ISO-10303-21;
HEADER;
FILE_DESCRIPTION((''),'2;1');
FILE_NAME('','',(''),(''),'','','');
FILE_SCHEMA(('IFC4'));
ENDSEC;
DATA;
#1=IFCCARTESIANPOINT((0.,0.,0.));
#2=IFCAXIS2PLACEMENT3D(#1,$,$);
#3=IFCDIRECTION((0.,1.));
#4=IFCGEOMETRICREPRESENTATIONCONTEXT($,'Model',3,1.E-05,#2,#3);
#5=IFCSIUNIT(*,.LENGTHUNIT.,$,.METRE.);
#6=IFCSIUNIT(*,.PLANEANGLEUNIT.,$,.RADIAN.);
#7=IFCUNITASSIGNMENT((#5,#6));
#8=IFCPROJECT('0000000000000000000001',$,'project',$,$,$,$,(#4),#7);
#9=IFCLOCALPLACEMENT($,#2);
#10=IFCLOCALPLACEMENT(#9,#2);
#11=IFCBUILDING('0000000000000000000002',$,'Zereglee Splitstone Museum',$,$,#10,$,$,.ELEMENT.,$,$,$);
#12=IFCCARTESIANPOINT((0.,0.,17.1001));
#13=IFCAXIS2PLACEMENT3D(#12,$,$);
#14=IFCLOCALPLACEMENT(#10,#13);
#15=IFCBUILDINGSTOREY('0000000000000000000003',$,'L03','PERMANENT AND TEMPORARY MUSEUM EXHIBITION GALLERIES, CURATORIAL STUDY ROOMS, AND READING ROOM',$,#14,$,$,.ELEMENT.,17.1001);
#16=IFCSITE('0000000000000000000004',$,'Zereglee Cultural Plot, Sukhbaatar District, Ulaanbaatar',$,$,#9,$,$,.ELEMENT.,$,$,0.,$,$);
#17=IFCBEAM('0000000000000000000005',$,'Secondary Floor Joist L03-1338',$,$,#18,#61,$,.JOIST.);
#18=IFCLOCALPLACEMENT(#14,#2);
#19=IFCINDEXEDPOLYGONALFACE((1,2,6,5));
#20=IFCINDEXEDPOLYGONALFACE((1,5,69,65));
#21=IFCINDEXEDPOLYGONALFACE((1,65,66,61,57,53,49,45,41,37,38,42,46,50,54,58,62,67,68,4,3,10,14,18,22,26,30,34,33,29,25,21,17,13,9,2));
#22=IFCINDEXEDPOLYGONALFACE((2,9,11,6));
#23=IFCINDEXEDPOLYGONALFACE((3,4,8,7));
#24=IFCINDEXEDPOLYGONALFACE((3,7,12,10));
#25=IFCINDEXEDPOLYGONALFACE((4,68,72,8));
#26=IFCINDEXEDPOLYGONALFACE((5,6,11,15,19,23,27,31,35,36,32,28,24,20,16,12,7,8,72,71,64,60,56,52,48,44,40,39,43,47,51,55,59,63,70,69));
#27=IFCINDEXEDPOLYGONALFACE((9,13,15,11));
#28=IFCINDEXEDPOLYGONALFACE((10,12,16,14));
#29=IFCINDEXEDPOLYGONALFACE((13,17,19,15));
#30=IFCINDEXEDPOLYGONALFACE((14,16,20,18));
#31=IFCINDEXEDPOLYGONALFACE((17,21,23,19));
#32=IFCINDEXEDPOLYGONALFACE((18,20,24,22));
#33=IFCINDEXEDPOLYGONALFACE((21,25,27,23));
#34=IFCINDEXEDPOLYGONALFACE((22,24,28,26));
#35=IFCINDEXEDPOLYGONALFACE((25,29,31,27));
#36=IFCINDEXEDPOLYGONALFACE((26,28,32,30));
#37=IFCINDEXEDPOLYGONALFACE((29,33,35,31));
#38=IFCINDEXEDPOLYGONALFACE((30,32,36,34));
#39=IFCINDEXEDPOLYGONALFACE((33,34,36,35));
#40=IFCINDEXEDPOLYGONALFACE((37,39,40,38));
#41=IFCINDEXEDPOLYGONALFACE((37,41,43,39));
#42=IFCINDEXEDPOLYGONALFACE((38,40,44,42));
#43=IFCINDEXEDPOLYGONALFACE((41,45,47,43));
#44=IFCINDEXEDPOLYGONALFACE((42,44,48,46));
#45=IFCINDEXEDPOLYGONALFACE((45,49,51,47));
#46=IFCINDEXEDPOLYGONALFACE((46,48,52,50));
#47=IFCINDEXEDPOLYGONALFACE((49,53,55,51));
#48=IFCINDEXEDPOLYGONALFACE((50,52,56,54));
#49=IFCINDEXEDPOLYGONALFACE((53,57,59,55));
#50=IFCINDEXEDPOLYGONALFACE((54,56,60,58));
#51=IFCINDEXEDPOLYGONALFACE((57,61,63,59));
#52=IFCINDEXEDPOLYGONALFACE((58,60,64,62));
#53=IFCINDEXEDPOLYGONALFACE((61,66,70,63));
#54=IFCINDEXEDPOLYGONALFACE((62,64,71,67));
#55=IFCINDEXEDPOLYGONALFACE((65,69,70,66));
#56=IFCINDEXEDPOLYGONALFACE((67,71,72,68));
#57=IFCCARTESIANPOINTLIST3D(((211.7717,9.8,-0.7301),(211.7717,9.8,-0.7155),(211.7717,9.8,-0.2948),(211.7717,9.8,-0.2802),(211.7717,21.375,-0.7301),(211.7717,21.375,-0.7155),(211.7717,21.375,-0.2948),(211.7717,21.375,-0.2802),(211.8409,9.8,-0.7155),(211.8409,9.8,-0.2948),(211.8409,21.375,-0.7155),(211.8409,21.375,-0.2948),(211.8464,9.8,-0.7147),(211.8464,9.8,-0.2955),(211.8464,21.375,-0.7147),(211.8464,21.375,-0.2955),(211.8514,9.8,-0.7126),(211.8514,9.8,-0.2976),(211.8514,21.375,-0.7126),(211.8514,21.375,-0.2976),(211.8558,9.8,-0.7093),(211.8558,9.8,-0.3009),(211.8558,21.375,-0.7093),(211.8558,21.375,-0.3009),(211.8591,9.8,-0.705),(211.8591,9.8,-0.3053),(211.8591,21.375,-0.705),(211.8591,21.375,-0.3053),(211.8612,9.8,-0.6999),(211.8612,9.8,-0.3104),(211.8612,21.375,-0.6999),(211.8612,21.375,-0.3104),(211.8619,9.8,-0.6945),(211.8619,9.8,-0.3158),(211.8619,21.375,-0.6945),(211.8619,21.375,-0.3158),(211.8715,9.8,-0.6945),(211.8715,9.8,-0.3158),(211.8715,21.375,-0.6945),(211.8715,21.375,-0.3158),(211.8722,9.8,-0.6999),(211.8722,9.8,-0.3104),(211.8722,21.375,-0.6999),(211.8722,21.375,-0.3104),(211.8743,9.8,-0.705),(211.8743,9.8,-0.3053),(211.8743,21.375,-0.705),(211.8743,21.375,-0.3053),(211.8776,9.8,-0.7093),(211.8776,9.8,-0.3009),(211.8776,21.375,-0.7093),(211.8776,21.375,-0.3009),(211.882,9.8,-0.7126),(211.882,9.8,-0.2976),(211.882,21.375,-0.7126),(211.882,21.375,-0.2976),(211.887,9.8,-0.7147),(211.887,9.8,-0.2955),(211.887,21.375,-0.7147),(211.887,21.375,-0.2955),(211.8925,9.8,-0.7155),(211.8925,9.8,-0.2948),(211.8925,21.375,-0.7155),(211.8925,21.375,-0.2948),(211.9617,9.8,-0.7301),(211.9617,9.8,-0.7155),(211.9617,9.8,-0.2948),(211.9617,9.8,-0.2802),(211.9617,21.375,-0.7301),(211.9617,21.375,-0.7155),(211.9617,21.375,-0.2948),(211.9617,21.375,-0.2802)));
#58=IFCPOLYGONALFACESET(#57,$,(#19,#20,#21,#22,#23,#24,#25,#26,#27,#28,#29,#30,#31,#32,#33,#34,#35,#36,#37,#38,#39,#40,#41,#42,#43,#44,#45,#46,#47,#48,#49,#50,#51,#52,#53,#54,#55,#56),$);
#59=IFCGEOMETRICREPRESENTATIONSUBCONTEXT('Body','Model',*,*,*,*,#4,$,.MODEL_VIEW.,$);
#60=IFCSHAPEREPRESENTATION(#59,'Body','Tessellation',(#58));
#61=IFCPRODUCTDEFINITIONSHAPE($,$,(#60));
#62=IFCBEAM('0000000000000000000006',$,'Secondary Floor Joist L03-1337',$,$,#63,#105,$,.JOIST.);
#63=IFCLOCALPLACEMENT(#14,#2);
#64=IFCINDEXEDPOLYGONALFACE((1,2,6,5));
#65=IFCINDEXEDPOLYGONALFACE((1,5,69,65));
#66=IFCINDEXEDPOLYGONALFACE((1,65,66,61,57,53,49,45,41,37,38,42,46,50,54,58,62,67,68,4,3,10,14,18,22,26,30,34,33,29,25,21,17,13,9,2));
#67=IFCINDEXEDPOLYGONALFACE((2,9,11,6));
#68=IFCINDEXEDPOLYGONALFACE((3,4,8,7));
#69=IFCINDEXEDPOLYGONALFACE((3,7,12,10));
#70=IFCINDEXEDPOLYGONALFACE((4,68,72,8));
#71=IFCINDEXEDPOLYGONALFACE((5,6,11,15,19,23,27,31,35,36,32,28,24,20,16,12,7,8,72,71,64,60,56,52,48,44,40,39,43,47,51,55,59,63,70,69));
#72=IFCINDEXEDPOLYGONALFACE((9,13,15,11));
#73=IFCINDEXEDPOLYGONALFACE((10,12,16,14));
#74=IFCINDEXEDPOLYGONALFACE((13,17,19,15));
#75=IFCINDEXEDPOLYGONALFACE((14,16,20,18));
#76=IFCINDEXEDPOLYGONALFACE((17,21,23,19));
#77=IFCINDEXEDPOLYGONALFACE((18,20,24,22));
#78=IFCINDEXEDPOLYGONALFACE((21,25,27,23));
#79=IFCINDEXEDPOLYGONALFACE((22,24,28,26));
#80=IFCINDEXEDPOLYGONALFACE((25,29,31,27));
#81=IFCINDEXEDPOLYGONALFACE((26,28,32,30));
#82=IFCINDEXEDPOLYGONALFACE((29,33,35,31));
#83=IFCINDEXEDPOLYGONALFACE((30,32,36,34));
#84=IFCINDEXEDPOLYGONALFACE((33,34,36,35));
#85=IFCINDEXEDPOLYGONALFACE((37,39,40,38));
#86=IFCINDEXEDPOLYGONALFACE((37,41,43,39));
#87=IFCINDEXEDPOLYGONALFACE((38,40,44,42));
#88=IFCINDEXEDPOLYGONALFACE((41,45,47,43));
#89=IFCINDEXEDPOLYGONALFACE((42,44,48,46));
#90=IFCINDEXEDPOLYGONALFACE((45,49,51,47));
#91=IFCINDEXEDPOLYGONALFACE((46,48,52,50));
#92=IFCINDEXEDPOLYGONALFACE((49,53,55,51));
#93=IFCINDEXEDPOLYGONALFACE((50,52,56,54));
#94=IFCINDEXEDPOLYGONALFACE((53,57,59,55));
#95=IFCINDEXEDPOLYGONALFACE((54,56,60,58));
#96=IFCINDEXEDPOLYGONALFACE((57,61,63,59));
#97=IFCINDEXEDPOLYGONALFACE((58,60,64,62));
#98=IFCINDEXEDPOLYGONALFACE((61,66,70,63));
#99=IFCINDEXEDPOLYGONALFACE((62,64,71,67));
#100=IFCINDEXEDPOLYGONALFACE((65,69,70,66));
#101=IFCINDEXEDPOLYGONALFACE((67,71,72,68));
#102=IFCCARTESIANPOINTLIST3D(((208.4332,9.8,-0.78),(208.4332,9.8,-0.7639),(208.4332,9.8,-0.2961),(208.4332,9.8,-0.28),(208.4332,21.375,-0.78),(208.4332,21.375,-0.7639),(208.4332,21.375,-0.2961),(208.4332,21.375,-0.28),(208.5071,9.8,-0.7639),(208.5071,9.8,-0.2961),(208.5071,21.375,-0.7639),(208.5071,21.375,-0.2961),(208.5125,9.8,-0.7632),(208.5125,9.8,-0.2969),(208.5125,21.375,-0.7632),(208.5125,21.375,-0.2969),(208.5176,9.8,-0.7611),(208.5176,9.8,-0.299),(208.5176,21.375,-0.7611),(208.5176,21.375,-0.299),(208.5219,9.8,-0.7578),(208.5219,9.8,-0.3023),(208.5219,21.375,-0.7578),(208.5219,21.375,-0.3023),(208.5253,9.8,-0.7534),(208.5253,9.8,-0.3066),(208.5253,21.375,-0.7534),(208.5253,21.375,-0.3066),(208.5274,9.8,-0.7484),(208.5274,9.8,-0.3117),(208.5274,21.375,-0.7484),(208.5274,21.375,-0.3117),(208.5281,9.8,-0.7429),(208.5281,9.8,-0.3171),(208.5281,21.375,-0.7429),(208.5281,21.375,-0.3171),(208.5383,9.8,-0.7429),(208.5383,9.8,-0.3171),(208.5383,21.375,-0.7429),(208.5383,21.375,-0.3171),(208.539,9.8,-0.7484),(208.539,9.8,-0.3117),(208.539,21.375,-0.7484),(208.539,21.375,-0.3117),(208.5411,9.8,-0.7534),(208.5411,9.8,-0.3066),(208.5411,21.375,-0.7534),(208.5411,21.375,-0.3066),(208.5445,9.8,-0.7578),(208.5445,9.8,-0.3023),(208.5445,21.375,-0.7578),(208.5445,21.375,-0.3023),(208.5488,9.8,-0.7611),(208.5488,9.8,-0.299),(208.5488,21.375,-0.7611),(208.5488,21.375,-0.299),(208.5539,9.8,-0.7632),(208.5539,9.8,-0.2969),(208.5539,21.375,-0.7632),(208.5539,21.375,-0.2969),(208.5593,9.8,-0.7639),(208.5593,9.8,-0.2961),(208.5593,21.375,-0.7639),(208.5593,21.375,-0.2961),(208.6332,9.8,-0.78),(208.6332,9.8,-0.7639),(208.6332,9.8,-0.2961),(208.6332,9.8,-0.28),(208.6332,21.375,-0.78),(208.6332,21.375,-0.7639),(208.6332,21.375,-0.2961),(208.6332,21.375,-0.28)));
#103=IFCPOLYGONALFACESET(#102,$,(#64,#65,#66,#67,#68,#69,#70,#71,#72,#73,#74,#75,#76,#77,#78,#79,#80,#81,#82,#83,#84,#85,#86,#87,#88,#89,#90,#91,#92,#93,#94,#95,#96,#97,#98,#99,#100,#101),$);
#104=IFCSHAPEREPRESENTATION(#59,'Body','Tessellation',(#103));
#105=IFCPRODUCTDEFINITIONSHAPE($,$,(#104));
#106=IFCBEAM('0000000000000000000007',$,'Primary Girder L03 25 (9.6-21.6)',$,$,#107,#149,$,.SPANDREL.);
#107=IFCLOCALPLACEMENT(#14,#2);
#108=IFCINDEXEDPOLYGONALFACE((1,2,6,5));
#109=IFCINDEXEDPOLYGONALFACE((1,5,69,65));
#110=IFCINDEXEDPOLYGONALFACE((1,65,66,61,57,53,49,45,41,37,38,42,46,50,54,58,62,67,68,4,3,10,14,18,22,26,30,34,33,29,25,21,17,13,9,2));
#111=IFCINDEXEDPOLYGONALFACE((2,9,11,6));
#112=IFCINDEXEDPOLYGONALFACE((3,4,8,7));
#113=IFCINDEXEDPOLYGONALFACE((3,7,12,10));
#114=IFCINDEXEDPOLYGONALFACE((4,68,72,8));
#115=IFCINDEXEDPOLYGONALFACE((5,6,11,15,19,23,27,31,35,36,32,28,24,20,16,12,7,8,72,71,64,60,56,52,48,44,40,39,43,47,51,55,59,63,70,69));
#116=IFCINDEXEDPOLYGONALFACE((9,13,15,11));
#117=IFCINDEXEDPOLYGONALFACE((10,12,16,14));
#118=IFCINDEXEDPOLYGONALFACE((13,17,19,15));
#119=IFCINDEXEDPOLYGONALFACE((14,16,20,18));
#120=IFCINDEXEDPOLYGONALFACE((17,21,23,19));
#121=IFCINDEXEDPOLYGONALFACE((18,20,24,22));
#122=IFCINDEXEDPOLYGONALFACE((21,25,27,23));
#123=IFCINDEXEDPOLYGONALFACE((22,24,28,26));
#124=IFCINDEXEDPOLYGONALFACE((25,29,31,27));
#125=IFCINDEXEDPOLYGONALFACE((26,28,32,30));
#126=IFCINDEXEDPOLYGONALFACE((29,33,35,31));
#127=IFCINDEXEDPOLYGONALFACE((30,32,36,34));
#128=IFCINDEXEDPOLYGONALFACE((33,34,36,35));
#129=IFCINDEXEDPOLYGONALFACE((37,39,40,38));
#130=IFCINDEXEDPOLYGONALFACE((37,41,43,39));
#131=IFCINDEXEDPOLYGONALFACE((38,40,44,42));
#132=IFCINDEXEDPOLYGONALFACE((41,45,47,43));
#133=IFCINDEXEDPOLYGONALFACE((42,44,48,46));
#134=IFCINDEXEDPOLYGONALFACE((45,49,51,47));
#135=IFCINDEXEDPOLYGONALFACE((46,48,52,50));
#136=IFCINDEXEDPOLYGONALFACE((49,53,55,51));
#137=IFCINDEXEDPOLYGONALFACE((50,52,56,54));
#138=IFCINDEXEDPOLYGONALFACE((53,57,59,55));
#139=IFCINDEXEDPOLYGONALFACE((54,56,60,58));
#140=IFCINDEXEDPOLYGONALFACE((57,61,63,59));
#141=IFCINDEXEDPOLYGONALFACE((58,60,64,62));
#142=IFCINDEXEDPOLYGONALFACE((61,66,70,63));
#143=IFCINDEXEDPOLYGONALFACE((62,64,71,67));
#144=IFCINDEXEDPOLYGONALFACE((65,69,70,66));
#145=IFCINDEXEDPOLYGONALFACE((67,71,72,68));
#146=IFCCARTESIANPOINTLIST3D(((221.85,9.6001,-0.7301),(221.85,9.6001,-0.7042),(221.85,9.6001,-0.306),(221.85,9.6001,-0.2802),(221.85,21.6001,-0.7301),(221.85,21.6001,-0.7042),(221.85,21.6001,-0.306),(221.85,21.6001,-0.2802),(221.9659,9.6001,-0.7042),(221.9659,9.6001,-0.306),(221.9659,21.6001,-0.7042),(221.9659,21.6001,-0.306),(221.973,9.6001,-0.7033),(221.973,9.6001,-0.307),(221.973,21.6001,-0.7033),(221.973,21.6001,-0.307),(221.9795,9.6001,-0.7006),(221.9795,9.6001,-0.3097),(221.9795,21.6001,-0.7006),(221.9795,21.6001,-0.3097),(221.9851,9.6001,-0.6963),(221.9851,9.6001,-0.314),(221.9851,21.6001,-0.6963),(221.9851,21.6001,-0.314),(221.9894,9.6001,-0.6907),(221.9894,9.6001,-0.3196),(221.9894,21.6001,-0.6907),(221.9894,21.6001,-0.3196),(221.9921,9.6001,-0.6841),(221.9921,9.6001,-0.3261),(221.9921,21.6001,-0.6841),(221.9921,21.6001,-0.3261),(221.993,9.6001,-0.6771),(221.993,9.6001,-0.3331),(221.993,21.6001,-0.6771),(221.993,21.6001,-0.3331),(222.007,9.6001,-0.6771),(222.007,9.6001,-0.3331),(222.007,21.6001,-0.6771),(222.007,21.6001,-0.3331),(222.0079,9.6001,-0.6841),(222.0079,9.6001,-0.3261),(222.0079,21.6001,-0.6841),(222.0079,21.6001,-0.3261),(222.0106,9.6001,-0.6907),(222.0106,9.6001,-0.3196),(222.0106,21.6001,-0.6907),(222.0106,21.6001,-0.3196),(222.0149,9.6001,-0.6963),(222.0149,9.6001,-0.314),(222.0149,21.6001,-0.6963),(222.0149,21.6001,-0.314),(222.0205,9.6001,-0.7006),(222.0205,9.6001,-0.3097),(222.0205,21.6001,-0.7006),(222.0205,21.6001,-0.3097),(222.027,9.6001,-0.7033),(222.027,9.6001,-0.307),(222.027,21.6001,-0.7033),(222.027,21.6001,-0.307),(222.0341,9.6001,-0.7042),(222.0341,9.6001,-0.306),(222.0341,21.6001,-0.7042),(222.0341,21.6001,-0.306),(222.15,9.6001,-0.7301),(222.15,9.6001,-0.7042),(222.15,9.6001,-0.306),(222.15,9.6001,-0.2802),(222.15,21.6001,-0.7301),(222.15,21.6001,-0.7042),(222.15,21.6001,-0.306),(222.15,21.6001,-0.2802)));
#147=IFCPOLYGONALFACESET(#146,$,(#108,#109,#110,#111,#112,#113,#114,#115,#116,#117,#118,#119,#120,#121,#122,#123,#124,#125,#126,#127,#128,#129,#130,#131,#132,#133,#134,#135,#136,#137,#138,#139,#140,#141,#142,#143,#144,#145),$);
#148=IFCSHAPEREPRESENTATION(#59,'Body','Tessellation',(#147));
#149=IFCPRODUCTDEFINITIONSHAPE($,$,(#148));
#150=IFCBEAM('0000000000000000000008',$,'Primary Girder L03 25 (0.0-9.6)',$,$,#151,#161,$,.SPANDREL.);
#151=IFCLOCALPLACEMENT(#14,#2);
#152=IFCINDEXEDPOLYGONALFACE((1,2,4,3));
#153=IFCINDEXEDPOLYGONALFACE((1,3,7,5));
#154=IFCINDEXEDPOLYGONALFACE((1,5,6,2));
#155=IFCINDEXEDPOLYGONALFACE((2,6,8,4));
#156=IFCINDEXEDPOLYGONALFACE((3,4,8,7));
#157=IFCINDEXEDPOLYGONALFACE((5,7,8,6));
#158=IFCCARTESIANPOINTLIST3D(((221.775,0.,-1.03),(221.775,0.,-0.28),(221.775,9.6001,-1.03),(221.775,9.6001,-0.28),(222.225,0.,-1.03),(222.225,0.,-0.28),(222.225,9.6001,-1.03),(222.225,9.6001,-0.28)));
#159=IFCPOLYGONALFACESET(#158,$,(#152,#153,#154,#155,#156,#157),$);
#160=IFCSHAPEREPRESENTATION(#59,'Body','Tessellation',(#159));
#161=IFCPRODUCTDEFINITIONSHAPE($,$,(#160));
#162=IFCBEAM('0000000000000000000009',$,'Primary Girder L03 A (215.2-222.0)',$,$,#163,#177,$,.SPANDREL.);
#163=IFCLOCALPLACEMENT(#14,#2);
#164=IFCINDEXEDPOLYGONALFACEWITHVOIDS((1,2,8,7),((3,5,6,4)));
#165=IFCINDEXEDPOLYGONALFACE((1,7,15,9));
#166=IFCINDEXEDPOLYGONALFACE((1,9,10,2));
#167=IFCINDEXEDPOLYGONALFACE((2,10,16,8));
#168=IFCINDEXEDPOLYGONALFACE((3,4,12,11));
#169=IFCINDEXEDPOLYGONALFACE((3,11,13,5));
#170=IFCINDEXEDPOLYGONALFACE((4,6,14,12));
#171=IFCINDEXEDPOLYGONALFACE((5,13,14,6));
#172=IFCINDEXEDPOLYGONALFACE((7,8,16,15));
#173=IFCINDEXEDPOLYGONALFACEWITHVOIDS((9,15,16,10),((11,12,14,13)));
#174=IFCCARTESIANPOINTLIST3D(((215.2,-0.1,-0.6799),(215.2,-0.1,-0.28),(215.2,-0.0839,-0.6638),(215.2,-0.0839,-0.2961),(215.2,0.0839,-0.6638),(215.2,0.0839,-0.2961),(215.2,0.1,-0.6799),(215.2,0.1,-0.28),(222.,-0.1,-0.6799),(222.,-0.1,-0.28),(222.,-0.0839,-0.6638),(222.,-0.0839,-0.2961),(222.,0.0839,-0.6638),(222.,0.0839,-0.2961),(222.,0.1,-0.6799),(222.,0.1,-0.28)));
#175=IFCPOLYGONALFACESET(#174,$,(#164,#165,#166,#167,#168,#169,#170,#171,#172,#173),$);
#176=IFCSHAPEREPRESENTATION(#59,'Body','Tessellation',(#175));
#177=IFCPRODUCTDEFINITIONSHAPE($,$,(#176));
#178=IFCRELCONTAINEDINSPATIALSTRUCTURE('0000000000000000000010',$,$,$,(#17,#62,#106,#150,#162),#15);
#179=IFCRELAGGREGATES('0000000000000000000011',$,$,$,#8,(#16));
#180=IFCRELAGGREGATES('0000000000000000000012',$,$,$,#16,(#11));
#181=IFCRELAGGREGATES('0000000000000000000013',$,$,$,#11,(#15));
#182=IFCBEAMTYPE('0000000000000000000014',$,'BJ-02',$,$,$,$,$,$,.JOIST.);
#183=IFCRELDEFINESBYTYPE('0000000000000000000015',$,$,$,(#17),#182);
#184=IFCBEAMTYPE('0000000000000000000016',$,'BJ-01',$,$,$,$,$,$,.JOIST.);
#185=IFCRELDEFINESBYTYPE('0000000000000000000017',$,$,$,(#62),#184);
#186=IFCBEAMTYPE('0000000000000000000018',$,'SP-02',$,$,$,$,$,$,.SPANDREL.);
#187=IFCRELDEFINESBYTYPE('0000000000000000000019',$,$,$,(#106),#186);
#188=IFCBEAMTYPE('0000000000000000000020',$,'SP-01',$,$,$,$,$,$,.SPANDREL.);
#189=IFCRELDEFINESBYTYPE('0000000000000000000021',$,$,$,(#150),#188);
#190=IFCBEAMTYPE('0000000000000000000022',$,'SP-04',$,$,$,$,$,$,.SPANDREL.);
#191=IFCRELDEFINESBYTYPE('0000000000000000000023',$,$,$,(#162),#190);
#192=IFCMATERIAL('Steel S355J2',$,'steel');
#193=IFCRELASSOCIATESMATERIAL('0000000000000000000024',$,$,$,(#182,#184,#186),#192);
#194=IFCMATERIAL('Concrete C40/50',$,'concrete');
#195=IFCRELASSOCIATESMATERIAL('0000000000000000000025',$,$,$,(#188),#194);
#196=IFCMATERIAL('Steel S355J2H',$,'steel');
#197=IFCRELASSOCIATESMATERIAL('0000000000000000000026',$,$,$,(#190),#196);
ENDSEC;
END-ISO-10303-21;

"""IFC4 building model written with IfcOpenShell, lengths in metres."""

from ifc_helpers import new_model, si_unit, direction, frame, origin, origin_2d, place, context, subcontext, project, spatial, rectangle, hollow_rectangle, i_section, extrude, material, material_profile, profile_set, type_object, element, save


model = new_model("IFC4")

# Units and contexts
model_context = context("Model", 3, precision=1e-05, world=origin(), true_north=direction((0.0, 1.0)))
body_context = subcontext(model_context, "Body", "Model", "MODEL_VIEW")
ifc_project = project(units=[si_unit("LENGTHUNIT", "METRE"), si_unit("PLANEANGLEUNIT", "RADIAN")], contexts=[model_context])

# Site, building, storey
site_placement = place(None, origin())
site = spatial("IfcSite", under=ifc_project, at=site_placement, Name="Zereglee Cultural Plot, Sukhbaatar District, Ulaanbaatar", CompositionType="ELEMENT", RefElevation=0.0)
building_placement = place(site_placement, origin())
building = spatial("IfcBuilding", under=site, at=building_placement, Name="Zereglee Splitstone Museum", CompositionType="ELEMENT")
storey_placement = place(building_placement, frame((0.0, 0.0, 17.1001)))
storey = spatial("IfcBuildingStorey", under=building, at=storey_placement, Name="L03", Description="PERMANENT AND TEMPORARY MUSEUM EXHIBITION GALLERIES, CURATORIAL STUDY ROOMS, AND READING ROOM", CompositionType="ELEMENT", Elevation=17.1001)

# Shared definitions
ifc_material_1 = material(Name="Steel S355J2", Category="steel")

# Beams
ifc_material_profile_1 = material_profile(ifc_material_1, i_section(OverallWidth=0.1899, OverallDepth=0.45, WebThickness=0.0095, FlangeThickness=0.0146, FilletRadius=0.021, at=origin_2d()), Name="IPE 450")
ifc_profile_set_1 = profile_set([ifc_material_profile_1], Name="Steel S355J2")
beam_type_1 = type_object("IfcBeamType", Name="BJ-02", PredefinedType="JOIST", material=ifc_profile_set_1)
beam_1_placement = place(storey_placement, frame((211.8667, 9.8, -0.5051), z_axis=(0.0, 1.0, 0.0), x_axis=(-1.0, 0.0, 0.0)))
element("IfcBeam", 1, at=beam_1_placement, inside=storey, type_object=beam_type_1, Name="Secondary Floor Joist L03-1338", PredefinedType="JOIST", context=body_context, shape_type="SweptSolid", body=[
    extrude(i_section(OverallWidth=0.1899, OverallDepth=0.45, WebThickness=0.0095, FlangeThickness=0.0146, FilletRadius=0.021, at=origin_2d()), origin(), (0.0, 0.0, 1.0), 11.575),
])
ifc_material_profile_2 = material_profile(ifc_material_1, i_section(OverallWidth=0.2, OverallDepth=0.5, WebThickness=0.0103, FlangeThickness=0.0161, FilletRadius=0.021, at=origin_2d()), Name="IPE 500")
ifc_profile_set_2 = profile_set([ifc_material_profile_2], Name="Steel S355J2")
beam_type_2 = type_object("IfcBeamType", Name="BJ-01", PredefinedType="JOIST", material=ifc_profile_set_2)
beam_2_placement = place(storey_placement, frame((208.5332, 9.8, -0.53), z_axis=(0.0, 1.0, 0.0), x_axis=(-1.0, 0.0, 0.0)))
element("IfcBeam", 2, at=beam_2_placement, inside=storey, type_object=beam_type_2, Name="Secondary Floor Joist L03-1337", PredefinedType="JOIST", context=body_context, shape_type="SweptSolid", body=[
    extrude(i_section(OverallWidth=0.2, OverallDepth=0.5, WebThickness=0.0103, FlangeThickness=0.0161, FilletRadius=0.021, at=origin_2d()), origin(), (0.0, 0.0, 1.0), 11.575),
])
ifc_material_profile_3 = material_profile(ifc_material_1, i_section(OverallWidth=0.3, OverallDepth=0.45, WebThickness=0.0139, FlangeThickness=0.0259, FilletRadius=0.0271, at=origin_2d()), Name="HE 450 B")
ifc_profile_set_3 = profile_set([ifc_material_profile_3], Name="Steel S355J2")
beam_type_3 = type_object("IfcBeamType", Name="SP-02", PredefinedType="SPANDREL", material=ifc_profile_set_3)
beam_3_placement = place(storey_placement, frame((222.0, 9.6001, -0.5051), z_axis=(0.0, 1.0, 0.0), x_axis=(-1.0, 0.0, 0.0)))
element("IfcBeam", 3, at=beam_3_placement, inside=storey, type_object=beam_type_3, Name="Primary Girder L03 25 (9.6-21.6)", PredefinedType="SPANDREL", context=body_context, shape_type="SweptSolid", body=[
    extrude(i_section(OverallWidth=0.3, OverallDepth=0.45, WebThickness=0.0139, FlangeThickness=0.0259, FilletRadius=0.0271, at=origin_2d()), origin(), (0.0, 0.0, 1.0), 12.0),
])
ifc_material_2 = material(Name="Concrete C40/50", Category="concrete")
ifc_material_profile_4 = material_profile(ifc_material_2, rectangle(XDim=0.45, YDim=0.75, at=origin_2d()), Name="RC 450x750")
ifc_profile_set_4 = profile_set([ifc_material_profile_4], Name="Concrete C40/50")
beam_type_4 = type_object("IfcBeamType", Name="SP-01", PredefinedType="SPANDREL", material=ifc_profile_set_4)
beam_4_placement = place(storey_placement, frame((222.0, 0.0, -0.655), z_axis=(0.0, 1.0, 0.0), x_axis=(-1.0, 0.0, 0.0)))
element("IfcBeam", 4, at=beam_4_placement, inside=storey, type_object=beam_type_4, Name="Primary Girder L03 25 (0.0-9.6)", PredefinedType="SPANDREL", context=body_context, shape_type="SweptSolid", body=[
    extrude(rectangle(XDim=0.45, YDim=0.75, at=origin_2d()), origin(), (0.0, 0.0, 1.0), 9.6001),
])
ifc_material_3 = material(Name="Steel S355J2H", Category="steel")
ifc_material_profile_5 = material_profile(ifc_material_3, hollow_rectangle(XDim=0.2, YDim=0.3999, WallThickness=0.0161, at=origin_2d()), Name="RHS 400x200x16")
ifc_profile_set_5 = profile_set([ifc_material_profile_5], Name="Steel S355J2H")
beam_type_5 = type_object("IfcBeamType", Name="SP-04", PredefinedType="SPANDREL", material=ifc_profile_set_5)
beam_5_placement = place(storey_placement, frame((215.2, 0.0, -0.48), z_axis=(1.0, 0.0, 0.0), x_axis=(0.0, 1.0, 0.0)))
element("IfcBeam", 5, at=beam_5_placement, inside=storey, type_object=beam_type_5, Name="Primary Girder L03 A (215.2-222.0)", PredefinedType="SPANDREL", context=body_context, shape_type="SweptSolid", body=[
    extrude(hollow_rectangle(XDim=0.2, YDim=0.3999, WallThickness=0.0161, at=origin_2d()), origin(), (0.0, 0.0, 1.0), 6.8),
])

save(model, "model.ifc")
